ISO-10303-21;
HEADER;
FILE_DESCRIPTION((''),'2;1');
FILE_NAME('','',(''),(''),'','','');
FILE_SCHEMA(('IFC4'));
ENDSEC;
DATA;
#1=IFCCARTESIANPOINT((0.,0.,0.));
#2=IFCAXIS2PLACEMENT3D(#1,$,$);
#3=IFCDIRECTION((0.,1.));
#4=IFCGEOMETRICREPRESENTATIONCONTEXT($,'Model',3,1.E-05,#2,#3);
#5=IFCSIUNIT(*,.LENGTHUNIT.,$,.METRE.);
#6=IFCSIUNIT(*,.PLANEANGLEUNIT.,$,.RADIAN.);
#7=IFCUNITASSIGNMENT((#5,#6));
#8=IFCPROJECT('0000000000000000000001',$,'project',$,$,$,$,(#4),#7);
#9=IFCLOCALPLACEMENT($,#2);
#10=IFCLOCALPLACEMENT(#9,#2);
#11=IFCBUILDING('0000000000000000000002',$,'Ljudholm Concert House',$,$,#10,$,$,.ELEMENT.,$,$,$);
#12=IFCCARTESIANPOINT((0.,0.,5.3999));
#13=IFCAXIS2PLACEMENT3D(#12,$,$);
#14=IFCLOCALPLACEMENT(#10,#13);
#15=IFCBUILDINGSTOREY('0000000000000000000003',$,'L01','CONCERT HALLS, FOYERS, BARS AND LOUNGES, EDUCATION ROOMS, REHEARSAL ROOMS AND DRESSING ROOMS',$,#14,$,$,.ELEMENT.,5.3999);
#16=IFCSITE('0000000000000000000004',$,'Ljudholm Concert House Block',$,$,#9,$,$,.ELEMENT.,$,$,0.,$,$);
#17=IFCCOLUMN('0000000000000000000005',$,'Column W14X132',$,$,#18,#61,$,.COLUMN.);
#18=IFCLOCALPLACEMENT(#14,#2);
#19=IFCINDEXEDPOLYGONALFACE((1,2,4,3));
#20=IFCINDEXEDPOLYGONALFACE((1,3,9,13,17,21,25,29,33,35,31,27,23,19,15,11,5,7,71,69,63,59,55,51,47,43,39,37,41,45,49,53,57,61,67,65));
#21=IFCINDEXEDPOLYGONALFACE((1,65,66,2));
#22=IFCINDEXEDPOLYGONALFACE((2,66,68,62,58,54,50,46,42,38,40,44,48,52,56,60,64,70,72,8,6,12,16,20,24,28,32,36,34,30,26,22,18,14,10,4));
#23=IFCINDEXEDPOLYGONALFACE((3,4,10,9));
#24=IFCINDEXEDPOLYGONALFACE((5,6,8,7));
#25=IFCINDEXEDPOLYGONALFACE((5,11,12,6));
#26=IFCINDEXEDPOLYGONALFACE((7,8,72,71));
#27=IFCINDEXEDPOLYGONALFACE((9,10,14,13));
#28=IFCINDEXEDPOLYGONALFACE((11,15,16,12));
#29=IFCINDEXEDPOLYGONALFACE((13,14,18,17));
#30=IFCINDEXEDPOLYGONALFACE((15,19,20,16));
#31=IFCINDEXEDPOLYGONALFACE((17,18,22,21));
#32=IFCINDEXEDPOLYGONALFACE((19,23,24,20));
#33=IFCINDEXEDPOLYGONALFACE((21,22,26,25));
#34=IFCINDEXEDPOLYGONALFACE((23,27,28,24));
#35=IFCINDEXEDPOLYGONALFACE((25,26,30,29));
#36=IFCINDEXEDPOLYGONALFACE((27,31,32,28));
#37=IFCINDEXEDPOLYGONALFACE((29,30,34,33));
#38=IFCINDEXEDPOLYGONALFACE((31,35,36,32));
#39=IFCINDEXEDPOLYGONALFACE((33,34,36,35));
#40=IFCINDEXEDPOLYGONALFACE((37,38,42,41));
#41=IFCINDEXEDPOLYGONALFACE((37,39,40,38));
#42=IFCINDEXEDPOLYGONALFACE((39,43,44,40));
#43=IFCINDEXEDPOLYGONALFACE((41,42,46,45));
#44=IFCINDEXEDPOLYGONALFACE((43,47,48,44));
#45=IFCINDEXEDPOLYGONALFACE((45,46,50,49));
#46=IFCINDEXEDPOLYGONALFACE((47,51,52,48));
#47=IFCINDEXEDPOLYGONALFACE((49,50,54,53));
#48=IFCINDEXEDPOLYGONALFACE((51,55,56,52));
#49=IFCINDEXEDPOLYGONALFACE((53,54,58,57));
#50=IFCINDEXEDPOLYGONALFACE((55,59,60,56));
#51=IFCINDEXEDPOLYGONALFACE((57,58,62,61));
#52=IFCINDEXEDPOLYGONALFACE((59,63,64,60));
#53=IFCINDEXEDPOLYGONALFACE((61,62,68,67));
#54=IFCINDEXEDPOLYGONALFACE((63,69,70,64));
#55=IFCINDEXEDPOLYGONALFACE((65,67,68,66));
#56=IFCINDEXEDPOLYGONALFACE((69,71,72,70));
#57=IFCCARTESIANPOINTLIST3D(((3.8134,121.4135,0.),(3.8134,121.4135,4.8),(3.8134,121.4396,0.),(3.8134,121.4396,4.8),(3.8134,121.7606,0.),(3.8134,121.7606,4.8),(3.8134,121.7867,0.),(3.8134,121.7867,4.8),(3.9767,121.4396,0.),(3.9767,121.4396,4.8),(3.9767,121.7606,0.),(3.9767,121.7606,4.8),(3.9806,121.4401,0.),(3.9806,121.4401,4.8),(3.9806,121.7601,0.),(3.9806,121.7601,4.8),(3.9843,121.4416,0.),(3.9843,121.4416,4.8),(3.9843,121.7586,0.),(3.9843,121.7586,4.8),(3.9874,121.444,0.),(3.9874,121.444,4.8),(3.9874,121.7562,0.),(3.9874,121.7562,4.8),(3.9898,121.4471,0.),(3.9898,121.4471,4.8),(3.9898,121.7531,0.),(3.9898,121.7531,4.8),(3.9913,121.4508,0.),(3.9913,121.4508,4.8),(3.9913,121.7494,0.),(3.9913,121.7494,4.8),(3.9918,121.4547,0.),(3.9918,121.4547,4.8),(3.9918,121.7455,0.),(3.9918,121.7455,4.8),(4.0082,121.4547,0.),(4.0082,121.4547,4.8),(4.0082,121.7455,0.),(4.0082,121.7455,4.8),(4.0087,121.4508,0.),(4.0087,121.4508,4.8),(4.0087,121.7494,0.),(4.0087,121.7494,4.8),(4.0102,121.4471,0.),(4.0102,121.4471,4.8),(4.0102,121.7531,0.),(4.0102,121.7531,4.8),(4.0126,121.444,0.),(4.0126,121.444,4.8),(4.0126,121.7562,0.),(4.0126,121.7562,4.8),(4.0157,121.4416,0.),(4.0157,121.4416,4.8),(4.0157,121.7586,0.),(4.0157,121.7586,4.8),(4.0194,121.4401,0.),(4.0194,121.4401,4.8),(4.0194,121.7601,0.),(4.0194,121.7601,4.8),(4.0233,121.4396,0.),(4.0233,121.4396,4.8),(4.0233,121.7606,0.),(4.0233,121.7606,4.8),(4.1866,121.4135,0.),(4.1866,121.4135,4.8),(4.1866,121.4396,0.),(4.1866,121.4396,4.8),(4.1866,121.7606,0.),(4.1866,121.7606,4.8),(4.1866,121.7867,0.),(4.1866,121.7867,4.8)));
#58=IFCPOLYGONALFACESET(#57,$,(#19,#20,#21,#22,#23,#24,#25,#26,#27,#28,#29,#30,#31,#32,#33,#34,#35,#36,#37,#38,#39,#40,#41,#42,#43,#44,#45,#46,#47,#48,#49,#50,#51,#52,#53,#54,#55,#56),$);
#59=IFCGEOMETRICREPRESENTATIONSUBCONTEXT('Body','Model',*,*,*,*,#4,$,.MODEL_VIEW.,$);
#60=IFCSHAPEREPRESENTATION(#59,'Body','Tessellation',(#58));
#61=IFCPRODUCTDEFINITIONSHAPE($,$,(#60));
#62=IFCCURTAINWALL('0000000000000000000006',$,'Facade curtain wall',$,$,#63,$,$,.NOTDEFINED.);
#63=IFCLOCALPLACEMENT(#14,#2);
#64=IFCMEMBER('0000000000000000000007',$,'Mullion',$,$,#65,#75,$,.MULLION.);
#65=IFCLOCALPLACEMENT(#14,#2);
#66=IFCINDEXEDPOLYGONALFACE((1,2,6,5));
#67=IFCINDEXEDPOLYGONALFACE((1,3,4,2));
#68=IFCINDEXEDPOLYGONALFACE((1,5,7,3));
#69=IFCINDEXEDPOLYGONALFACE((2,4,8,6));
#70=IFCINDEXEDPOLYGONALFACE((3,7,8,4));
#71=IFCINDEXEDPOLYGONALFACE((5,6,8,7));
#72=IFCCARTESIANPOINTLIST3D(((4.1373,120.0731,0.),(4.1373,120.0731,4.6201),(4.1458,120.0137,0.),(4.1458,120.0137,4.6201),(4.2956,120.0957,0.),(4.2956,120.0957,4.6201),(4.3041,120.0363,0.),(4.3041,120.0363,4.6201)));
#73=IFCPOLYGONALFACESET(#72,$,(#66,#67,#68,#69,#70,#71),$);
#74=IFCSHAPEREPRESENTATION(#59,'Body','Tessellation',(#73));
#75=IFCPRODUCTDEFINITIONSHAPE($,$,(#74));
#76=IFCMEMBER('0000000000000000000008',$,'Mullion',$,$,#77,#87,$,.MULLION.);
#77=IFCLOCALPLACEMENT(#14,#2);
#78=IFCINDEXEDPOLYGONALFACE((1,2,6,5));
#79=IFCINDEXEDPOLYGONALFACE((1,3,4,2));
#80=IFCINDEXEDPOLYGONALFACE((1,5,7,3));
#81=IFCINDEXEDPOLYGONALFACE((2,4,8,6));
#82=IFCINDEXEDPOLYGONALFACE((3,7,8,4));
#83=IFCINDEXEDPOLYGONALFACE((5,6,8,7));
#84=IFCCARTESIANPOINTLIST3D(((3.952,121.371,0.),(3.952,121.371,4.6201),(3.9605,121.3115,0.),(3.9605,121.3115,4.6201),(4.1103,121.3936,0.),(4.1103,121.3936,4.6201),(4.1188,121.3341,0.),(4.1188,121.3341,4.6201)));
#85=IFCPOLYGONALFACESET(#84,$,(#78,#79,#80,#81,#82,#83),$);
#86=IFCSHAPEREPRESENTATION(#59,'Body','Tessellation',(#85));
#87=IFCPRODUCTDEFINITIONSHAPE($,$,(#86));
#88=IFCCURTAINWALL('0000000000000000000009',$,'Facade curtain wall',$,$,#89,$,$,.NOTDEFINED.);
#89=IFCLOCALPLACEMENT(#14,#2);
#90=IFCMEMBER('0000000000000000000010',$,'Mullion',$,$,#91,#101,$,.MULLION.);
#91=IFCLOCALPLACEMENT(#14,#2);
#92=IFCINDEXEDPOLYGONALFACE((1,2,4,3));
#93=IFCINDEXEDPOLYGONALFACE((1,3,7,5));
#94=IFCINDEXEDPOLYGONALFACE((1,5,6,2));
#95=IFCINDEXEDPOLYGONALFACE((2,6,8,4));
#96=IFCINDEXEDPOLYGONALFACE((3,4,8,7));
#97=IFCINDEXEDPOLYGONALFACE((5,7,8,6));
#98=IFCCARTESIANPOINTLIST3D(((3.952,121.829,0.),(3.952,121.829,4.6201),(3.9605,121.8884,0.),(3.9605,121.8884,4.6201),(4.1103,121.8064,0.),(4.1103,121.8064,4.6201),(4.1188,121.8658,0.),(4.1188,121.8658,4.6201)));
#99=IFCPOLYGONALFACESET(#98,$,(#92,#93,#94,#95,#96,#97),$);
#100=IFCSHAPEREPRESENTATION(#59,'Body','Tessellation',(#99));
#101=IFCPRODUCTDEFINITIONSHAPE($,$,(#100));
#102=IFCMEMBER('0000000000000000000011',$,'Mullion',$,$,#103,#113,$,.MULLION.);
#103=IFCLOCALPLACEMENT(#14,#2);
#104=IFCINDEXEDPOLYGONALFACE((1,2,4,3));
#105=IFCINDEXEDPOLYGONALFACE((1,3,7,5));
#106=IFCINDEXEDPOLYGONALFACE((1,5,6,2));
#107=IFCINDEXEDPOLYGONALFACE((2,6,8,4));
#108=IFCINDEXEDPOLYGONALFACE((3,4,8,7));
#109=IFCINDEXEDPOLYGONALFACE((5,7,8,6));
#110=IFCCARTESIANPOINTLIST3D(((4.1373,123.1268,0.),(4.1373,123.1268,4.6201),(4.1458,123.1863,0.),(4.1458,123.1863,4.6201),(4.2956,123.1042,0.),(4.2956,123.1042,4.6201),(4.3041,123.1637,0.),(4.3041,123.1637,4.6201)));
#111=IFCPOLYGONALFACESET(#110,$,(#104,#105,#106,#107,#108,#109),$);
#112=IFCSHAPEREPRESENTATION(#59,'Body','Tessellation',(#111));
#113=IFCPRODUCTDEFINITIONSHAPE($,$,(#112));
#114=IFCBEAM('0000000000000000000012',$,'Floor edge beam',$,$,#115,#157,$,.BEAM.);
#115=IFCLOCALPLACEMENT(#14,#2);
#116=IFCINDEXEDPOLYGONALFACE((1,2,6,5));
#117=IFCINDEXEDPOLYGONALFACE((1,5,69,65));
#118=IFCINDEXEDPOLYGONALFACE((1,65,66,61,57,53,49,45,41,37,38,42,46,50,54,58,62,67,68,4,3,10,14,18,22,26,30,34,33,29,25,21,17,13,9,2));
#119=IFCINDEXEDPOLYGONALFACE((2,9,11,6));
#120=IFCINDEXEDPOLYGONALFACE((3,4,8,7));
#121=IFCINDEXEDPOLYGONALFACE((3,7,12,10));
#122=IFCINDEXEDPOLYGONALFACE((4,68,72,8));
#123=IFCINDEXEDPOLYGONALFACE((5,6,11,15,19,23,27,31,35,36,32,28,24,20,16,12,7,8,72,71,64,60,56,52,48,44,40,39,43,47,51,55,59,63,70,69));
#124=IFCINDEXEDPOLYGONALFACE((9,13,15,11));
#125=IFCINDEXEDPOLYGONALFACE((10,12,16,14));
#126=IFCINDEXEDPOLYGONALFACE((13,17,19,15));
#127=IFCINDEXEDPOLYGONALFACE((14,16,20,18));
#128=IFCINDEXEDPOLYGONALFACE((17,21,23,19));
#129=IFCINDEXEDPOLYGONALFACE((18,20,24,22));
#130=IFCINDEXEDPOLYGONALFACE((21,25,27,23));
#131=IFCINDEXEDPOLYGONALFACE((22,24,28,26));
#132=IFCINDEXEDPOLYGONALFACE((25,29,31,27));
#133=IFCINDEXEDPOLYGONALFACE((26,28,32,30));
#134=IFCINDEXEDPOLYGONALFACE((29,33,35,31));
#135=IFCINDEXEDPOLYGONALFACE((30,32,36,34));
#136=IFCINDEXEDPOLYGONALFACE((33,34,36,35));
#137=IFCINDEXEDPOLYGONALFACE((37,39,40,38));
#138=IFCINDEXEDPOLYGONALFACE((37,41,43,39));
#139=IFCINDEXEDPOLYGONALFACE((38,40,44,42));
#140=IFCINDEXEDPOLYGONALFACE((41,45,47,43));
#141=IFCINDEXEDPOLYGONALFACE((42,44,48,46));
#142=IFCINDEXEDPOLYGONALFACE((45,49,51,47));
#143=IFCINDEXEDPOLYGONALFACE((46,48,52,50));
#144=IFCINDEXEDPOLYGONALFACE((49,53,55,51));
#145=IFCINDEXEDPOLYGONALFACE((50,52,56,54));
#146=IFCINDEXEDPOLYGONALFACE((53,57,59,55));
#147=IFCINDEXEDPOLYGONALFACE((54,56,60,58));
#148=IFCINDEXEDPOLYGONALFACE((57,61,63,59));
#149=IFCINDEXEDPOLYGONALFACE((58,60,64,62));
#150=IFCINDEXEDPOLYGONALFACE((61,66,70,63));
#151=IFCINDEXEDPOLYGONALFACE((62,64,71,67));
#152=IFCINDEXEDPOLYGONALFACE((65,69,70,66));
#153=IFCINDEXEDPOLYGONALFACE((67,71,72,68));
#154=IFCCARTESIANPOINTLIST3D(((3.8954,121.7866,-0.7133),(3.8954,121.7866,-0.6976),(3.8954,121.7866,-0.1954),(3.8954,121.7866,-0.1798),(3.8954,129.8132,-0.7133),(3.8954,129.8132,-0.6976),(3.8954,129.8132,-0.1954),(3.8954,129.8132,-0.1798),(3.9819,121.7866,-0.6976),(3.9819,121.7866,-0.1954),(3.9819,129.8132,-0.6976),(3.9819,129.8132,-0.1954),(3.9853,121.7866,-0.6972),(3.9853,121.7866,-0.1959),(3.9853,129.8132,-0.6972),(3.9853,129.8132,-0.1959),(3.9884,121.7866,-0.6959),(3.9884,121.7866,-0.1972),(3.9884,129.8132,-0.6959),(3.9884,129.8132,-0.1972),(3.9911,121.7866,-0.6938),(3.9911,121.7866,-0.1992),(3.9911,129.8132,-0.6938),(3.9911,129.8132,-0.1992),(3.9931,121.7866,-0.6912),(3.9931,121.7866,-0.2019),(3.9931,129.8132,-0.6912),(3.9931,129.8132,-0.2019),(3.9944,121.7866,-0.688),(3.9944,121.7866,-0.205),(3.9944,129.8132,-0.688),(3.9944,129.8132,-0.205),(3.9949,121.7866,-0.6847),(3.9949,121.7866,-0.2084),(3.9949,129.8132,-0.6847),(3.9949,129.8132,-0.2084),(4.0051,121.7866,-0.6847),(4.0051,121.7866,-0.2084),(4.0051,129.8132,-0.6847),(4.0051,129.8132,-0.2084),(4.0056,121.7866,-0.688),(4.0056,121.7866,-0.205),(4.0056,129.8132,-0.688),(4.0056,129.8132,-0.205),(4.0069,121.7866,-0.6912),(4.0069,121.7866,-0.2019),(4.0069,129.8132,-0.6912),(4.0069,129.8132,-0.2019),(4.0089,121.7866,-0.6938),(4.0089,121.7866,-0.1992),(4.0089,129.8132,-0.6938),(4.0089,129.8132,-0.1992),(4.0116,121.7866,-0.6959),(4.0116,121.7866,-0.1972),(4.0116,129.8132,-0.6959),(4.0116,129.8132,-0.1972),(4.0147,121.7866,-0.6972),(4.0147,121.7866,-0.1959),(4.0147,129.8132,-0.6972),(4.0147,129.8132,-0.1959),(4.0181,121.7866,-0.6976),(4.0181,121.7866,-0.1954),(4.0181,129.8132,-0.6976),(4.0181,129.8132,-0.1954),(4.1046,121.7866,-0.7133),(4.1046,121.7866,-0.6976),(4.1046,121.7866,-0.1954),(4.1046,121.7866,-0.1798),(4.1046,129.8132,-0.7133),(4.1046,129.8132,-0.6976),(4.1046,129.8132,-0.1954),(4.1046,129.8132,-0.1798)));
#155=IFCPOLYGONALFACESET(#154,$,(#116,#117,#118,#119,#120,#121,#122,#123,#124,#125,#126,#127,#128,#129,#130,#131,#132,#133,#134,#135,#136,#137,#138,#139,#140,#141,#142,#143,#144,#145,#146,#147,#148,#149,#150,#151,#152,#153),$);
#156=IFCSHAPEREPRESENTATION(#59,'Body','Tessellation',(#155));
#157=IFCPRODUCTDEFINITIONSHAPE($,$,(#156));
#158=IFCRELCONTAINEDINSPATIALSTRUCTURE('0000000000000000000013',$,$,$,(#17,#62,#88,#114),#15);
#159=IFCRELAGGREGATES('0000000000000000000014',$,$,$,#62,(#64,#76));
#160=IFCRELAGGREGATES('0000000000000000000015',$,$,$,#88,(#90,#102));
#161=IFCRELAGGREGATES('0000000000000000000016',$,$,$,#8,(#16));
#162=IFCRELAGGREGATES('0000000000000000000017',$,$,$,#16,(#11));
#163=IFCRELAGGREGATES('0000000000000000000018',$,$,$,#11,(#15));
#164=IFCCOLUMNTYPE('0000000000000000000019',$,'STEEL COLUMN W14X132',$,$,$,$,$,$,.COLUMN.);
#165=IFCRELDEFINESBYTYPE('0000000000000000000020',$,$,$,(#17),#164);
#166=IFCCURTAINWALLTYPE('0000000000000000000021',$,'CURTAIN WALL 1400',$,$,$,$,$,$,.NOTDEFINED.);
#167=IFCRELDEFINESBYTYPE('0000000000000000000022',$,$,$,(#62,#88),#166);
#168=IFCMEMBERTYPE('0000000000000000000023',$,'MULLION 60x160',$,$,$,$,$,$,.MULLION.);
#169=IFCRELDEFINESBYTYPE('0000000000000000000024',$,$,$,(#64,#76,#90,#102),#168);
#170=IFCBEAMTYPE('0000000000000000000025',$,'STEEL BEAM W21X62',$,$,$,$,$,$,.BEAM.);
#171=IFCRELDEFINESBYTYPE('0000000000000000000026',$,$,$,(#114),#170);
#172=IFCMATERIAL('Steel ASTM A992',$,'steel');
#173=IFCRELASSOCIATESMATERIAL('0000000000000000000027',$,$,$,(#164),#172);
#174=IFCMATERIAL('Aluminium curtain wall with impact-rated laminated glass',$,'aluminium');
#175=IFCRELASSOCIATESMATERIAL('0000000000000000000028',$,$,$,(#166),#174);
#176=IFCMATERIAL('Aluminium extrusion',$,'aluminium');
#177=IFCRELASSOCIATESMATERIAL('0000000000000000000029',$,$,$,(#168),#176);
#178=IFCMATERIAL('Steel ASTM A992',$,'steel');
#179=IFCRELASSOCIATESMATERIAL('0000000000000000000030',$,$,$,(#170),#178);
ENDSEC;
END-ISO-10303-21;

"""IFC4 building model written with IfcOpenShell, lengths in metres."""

from ifc_helpers import new_model, si_unit, direction, frame, origin, origin_2d, place, context, subcontext, project, spatial, rectangle, i_section, extrude, material, material_profile, profile_set, type_object, element, aggregate, save


model = new_model("IFC4")

# Units and contexts
model_context = context("Model", 3, precision=1e-05, world=origin(), true_north=direction((0.0, 1.0)))
body_context = subcontext(model_context, "Body", "Model", "MODEL_VIEW")
ifc_project = project(units=[si_unit("LENGTHUNIT", "METRE"), si_unit("PLANEANGLEUNIT", "RADIAN")], contexts=[model_context])

# Site, building, storey
site_placement = place(None, origin())
site = spatial("IfcSite", under=ifc_project, at=site_placement, Name="Ljudholm Concert House Block", CompositionType="ELEMENT", RefElevation=0.0)
building_placement = place(site_placement, origin())
building = spatial("IfcBuilding", under=site, at=building_placement, Name="Ljudholm Concert House", CompositionType="ELEMENT")
storey_placement = place(building_placement, frame((0.0, 0.0, 5.3999)))
storey = spatial("IfcBuildingStorey", under=building, at=storey_placement, Name="L01", Description="CONCERT HALLS, FOYERS, BARS AND LOUNGES, EDUCATION ROOMS, REHEARSAL ROOMS AND DRESSING ROOMS", CompositionType="ELEMENT", Elevation=5.3999)

# Column
ifc_material_1 = material(Name="Steel ASTM A992", Category="steel")
ifc_material_profile_1 = material_profile(ifc_material_1, i_section(OverallWidth=0.3733, OverallDepth=0.3733, WebThickness=0.0164, FlangeThickness=0.0261, FilletRadius=0.0151, at=origin_2d()), Name="W14X132")
ifc_profile_set_1 = profile_set([ifc_material_profile_1], Name="Steel ASTM A992")
column_type = type_object("IfcColumnType", Name="STEEL COLUMN W14X132", PredefinedType="COLUMN", material=ifc_profile_set_1)
column_placement = place(storey_placement, frame((4.0, 121.6001, 0.0), z_axis=(0.0, 0.0, 1.0), x_axis=(1.0, 0.0, 0.0)))
element("IfcColumn", 1, at=column_placement, inside=storey, type_object=column_type, Name="Column W14X132", PredefinedType="COLUMN", context=body_context, shape_type="SweptSolid", body=[
    extrude(i_section(OverallWidth=0.3733, OverallDepth=0.3733, WebThickness=0.0164, FlangeThickness=0.0261, FilletRadius=0.0151, at=origin_2d()), origin(), (0.0, 0.0, 1.0), 4.8),
])

# Curtain walls, members
ifc_material_2 = material(Name="Aluminium curtain wall with impact-rated laminated glass", Category="aluminium")
curtain_wall_type = type_object("IfcCurtainWallType", Name="CURTAIN WALL 1400", PredefinedType="NOTDEFINED", material=ifc_material_2)
curtain_wall_1_placement = place(storey_placement, origin())
curtain_wall_1 = element("IfcCurtainWall", 2, at=curtain_wall_1_placement, inside=storey, type_object=curtain_wall_type, Name="Facade curtain wall", PredefinedType="NOTDEFINED")
ifc_material_3 = material(Name="Aluminium extrusion", Category="aluminium")
ifc_material_profile_2 = material_profile(ifc_material_3, rectangle(XDim=0.1599, YDim=0.0601, at=origin_2d()), Name="MULLION 60x160")
ifc_profile_set_2 = profile_set([ifc_material_profile_2], Name="Aluminium extrusion")
member_type_1 = type_object("IfcMemberType", Name="MULLION 60x160", PredefinedType="MULLION", material=ifc_profile_set_2)
member_1_placement = place(storey_placement, frame((4.2207, 120.0547, 0.0), z_axis=(0.0, 0.0, 1.0), x_axis=(-0.989949, -0.141421, 0.0)))
member_1 = element("IfcMember", 3, at=member_1_placement, type_object=member_type_1, Name="Mullion", PredefinedType="MULLION", context=body_context, shape_type="SweptSolid", body=[
    extrude(rectangle(XDim=0.1599, YDim=0.0601, at=origin_2d()), origin(), (0.0, 0.0, 1.0), 4.6201),
])
member_2_placement = place(storey_placement, frame((4.0354, 121.3525, 0.0), z_axis=(0.0, 0.0, 1.0), x_axis=(-0.989949, -0.141421, 0.0)))
member_2 = element("IfcMember", 4, at=member_2_placement, type_object=member_type_1, Name="Mullion", PredefinedType="MULLION", context=body_context, shape_type="SweptSolid", body=[
    extrude(rectangle(XDim=0.1599, YDim=0.0601, at=origin_2d()), origin(), (0.0, 0.0, 1.0), 4.6201),
])
curtain_wall_2_placement = place(storey_placement, origin())
curtain_wall_2 = element("IfcCurtainWall", 5, at=curtain_wall_2_placement, inside=storey, type_object=curtain_wall_type, Name="Facade curtain wall", PredefinedType="NOTDEFINED")
member_3_placement = place(storey_placement, frame((4.0354, 121.8474, 0.0), z_axis=(0.0, 0.0, 1.0), x_axis=(-0.989949, 0.141421, 0.0)))
member_3 = element("IfcMember", 6, at=member_3_placement, type_object=member_type_1, Name="Mullion", PredefinedType="MULLION", context=body_context, shape_type="SweptSolid", body=[
    extrude(rectangle(XDim=0.1599, YDim=0.0601, at=origin_2d()), origin(), (0.0, 0.0, 1.0), 4.6201),
])
member_4_placement = place(storey_placement, frame((4.2207, 123.1453, 0.0), z_axis=(0.0, 0.0, 1.0), x_axis=(-0.989949, 0.141421, 0.0)))
member_4 = element("IfcMember", 7, at=member_4_placement, type_object=member_type_1, Name="Mullion", PredefinedType="MULLION", context=body_context, shape_type="SweptSolid", body=[
    extrude(rectangle(XDim=0.1599, YDim=0.0601, at=origin_2d()), origin(), (0.0, 0.0, 1.0), 4.6201),
])

# Beam
ifc_material_4 = material(Name="Steel ASTM A992", Category="steel")
ifc_material_profile_3 = material_profile(ifc_material_4, i_section(OverallWidth=0.2092, OverallDepth=0.5334, WebThickness=0.0103, FlangeThickness=0.0156, FilletRadius=0.0129, at=origin_2d()), Name="W21X62")
ifc_profile_set_3 = profile_set([ifc_material_profile_3], Name="Steel ASTM A992")
beam_type_1 = type_object("IfcBeamType", Name="STEEL BEAM W21X62", PredefinedType="BEAM", material=ifc_profile_set_3)
beam_1_placement = place(storey_placement, frame((4.0, 121.7866, -0.4465), z_axis=(0.0, 1.0, 0.0), x_axis=(-1.0, 0.0, 0.0)))
element("IfcBeam", 8, at=beam_1_placement, inside=storey, type_object=beam_type_1, Name="Floor edge beam", PredefinedType="BEAM", context=body_context, shape_type="SweptSolid", body=[
    extrude(i_section(OverallWidth=0.2092, OverallDepth=0.5334, WebThickness=0.0103, FlangeThickness=0.0156, FilletRadius=0.0129, at=origin_2d()), origin(), (0.0, 0.0, 1.0), 8.0266),
])

aggregate(curtain_wall_1, [member_1, member_2])
aggregate(curtain_wall_2, [member_3, member_4])

save(model, "model.ifc")
